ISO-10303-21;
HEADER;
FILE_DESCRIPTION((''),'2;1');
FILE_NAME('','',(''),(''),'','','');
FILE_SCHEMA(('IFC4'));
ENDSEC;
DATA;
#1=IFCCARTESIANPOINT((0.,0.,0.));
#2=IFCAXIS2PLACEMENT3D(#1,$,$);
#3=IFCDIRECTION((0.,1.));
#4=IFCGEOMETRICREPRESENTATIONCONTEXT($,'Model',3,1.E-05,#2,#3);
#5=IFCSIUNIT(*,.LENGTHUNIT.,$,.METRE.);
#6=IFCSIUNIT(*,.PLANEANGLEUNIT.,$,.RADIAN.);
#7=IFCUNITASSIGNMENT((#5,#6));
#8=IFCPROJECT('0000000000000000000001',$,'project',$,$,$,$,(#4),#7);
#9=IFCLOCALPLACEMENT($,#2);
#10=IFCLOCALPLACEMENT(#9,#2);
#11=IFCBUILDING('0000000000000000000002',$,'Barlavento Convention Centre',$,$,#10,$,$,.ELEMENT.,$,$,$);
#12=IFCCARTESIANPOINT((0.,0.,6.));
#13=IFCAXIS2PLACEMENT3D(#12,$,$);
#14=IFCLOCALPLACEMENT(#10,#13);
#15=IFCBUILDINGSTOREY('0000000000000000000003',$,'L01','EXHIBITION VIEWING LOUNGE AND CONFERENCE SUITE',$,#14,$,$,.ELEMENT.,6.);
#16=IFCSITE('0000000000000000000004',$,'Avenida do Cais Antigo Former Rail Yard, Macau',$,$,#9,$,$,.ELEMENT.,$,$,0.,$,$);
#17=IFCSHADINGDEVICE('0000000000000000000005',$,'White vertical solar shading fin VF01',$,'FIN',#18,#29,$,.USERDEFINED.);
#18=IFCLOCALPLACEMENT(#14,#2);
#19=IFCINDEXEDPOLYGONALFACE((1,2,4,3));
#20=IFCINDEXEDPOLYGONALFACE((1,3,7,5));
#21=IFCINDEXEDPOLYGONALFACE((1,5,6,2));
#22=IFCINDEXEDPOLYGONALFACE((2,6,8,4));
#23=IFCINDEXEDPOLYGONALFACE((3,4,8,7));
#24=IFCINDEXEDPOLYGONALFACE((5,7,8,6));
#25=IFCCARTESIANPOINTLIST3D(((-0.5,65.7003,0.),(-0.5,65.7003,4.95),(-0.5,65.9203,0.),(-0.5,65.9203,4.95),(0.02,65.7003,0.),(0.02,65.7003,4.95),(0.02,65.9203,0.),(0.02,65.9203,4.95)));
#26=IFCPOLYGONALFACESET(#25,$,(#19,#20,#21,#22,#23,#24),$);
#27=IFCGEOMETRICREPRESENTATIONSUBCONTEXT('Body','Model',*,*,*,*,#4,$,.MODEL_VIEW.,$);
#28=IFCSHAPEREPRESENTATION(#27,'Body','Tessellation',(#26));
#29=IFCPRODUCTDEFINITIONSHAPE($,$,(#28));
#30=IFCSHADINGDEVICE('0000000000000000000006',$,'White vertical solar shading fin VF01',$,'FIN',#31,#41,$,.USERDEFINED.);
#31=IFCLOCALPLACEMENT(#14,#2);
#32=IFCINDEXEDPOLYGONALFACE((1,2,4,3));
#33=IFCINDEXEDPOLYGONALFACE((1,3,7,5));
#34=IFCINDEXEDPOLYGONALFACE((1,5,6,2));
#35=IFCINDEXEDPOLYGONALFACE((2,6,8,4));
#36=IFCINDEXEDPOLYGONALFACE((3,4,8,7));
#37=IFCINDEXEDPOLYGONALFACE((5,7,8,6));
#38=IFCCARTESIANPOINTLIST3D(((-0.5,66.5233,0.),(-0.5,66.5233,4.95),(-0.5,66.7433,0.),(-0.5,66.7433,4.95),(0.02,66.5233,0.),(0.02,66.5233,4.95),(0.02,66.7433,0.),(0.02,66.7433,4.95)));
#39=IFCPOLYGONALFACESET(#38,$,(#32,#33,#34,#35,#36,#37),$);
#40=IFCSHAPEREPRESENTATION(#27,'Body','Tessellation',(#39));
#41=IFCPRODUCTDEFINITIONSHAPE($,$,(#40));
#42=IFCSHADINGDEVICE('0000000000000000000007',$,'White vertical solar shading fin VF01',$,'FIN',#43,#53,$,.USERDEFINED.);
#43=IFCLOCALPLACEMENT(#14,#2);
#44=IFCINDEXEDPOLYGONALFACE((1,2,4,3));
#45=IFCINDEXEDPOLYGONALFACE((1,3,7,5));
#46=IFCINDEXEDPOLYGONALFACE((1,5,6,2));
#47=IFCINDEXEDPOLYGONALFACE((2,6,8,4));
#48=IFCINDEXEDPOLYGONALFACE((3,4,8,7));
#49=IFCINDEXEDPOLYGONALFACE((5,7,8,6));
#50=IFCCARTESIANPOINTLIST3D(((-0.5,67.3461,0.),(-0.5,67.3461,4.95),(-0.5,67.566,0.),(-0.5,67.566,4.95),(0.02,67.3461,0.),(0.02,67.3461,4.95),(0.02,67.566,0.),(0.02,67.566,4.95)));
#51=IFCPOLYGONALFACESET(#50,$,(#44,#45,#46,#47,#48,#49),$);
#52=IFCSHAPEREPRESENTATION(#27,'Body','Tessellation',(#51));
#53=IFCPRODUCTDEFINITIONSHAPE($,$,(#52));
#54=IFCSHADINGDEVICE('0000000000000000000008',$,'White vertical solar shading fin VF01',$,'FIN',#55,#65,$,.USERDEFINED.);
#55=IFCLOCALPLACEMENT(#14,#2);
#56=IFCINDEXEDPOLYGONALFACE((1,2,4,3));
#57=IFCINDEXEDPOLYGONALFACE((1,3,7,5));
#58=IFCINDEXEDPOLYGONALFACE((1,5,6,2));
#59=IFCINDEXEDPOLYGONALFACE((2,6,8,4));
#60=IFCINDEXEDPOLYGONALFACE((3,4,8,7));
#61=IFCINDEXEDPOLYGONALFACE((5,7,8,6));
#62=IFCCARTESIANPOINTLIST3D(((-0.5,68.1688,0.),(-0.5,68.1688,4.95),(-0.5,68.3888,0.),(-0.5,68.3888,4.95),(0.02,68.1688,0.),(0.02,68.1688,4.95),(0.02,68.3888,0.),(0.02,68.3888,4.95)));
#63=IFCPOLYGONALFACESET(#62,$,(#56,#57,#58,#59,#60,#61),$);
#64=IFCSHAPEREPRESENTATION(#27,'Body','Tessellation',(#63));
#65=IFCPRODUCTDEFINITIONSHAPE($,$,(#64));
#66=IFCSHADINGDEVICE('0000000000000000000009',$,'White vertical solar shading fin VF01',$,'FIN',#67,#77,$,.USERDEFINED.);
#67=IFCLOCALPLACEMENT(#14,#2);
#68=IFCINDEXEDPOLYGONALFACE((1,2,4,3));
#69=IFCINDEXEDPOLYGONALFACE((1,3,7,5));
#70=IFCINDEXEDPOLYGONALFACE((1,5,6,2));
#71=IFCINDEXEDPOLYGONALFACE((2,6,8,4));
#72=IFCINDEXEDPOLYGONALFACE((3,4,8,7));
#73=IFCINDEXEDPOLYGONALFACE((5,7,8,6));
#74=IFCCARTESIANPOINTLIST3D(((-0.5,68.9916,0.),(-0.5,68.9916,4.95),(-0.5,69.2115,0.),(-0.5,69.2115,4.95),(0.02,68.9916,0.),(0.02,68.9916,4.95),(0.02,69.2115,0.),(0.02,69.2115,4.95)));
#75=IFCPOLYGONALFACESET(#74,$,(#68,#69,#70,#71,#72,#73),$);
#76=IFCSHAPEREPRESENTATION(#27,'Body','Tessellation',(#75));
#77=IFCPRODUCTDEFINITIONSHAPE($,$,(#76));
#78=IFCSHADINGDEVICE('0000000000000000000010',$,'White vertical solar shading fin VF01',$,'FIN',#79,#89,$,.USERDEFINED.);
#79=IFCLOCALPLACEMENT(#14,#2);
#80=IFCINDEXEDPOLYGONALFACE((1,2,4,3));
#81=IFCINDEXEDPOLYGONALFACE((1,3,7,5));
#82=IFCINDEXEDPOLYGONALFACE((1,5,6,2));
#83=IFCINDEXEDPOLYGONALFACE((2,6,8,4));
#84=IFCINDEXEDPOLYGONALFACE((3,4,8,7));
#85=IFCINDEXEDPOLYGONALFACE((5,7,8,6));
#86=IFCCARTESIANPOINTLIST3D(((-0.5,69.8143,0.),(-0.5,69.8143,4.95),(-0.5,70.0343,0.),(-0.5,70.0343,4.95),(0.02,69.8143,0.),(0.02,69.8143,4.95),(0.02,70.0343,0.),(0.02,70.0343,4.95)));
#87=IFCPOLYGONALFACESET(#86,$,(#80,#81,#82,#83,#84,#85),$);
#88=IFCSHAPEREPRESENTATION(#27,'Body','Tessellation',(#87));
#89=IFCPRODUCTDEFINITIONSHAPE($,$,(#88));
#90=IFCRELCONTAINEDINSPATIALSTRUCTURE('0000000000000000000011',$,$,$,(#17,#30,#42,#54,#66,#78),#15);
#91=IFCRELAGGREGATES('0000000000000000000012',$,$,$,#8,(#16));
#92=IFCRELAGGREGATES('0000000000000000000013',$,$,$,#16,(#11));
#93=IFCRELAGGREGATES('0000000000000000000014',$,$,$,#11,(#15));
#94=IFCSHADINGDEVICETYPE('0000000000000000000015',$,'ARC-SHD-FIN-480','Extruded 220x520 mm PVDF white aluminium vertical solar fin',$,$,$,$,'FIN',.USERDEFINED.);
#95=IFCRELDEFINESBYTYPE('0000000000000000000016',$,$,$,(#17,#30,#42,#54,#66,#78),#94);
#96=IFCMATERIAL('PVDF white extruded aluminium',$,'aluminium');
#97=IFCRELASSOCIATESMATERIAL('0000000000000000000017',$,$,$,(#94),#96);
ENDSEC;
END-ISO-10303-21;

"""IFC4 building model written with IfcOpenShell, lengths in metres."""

from ifc_helpers import new_model, si_unit, direction, frame, origin, origin_2d, place, context, subcontext, project, spatial, rectangle, extrude, material, type_object, element, save


model = new_model("IFC4")

# Units and contexts
model_context = context("Model", 3, precision=1e-05, world=origin(), true_north=direction((0.0, 1.0)))
body_context = subcontext(model_context, "Body", "Model", "MODEL_VIEW")
ifc_project = project(units=[si_unit("LENGTHUNIT", "METRE"), si_unit("PLANEANGLEUNIT", "RADIAN")], contexts=[model_context])

# Site, building, storey
site_placement = place(None, origin())
site = spatial("IfcSite", under=ifc_project, at=site_placement, Name="Avenida do Cais Antigo Former Rail Yard, Macau", CompositionType="ELEMENT", RefElevation=0.0)
building_placement = place(site_placement, origin())
building = spatial("IfcBuilding", under=site, at=building_placement, Name="Barlavento Convention Centre", CompositionType="ELEMENT")
storey_placement = place(building_placement, frame((0.0, 0.0, 6.0)))
storey = spatial("IfcBuildingStorey", under=building, at=storey_placement, Name="L01", Description="EXHIBITION VIEWING LOUNGE AND CONFERENCE SUITE", CompositionType="ELEMENT", Elevation=6.0)

# Shading devices
ifc_material_1 = material(Name="PVDF white extruded aluminium", Category="aluminium")
shading_device_type = type_object("IfcShadingDeviceType", Name="ARC-SHD-FIN-480", Description="Extruded 220x520 mm PVDF white aluminium vertical solar fin", ElementType="FIN", PredefinedType="USERDEFINED", material=ifc_material_1)
for number, where, z_axis, x_axis, name in (
    (1, (-0.24, 65.8103, 0.0), (0.0, 0.0, 1.0), (0.0, 1.0, 0.0), "White vertical solar shading fin VF01"),
    (2, (-0.24, 66.6333, 0.0), (0.0, 0.0, 1.0), (0.0, 1.0, 0.0), "White vertical solar shading fin VF01"),
    (3, (-0.24, 67.4561, 0.0), (0.0, 0.0, 1.0), (0.0, 1.0, 0.0), "White vertical solar shading fin VF01"),
    (4, (-0.24, 68.2788, 0.0), (0.0, 0.0, 1.0), (0.0, 1.0, 0.0), "White vertical solar shading fin VF01"),
    (5, (-0.24, 69.1016, 0.0), (0.0, 0.0, 1.0), (0.0, 1.0, 0.0), "White vertical solar shading fin VF01"),
    (6, (-0.24, 69.9243, 0.0), (0.0, 0.0, 1.0), (0.0, 1.0, 0.0), "White vertical solar shading fin VF01"),
):
    element("IfcShadingDevice", number, at=place(storey_placement, frame(where, z_axis=z_axis, x_axis=x_axis)), inside=storey, type_object=shading_device_type, Name=name, ObjectType="FIN", PredefinedType="USERDEFINED", context=body_context, shape_type="SweptSolid", body=[
        extrude(rectangle(XDim=0.22, YDim=0.52, at=origin_2d()), origin(), (0.0, 0.0, 1.0), 4.95),
    ])

save(model, "model.ifc")
